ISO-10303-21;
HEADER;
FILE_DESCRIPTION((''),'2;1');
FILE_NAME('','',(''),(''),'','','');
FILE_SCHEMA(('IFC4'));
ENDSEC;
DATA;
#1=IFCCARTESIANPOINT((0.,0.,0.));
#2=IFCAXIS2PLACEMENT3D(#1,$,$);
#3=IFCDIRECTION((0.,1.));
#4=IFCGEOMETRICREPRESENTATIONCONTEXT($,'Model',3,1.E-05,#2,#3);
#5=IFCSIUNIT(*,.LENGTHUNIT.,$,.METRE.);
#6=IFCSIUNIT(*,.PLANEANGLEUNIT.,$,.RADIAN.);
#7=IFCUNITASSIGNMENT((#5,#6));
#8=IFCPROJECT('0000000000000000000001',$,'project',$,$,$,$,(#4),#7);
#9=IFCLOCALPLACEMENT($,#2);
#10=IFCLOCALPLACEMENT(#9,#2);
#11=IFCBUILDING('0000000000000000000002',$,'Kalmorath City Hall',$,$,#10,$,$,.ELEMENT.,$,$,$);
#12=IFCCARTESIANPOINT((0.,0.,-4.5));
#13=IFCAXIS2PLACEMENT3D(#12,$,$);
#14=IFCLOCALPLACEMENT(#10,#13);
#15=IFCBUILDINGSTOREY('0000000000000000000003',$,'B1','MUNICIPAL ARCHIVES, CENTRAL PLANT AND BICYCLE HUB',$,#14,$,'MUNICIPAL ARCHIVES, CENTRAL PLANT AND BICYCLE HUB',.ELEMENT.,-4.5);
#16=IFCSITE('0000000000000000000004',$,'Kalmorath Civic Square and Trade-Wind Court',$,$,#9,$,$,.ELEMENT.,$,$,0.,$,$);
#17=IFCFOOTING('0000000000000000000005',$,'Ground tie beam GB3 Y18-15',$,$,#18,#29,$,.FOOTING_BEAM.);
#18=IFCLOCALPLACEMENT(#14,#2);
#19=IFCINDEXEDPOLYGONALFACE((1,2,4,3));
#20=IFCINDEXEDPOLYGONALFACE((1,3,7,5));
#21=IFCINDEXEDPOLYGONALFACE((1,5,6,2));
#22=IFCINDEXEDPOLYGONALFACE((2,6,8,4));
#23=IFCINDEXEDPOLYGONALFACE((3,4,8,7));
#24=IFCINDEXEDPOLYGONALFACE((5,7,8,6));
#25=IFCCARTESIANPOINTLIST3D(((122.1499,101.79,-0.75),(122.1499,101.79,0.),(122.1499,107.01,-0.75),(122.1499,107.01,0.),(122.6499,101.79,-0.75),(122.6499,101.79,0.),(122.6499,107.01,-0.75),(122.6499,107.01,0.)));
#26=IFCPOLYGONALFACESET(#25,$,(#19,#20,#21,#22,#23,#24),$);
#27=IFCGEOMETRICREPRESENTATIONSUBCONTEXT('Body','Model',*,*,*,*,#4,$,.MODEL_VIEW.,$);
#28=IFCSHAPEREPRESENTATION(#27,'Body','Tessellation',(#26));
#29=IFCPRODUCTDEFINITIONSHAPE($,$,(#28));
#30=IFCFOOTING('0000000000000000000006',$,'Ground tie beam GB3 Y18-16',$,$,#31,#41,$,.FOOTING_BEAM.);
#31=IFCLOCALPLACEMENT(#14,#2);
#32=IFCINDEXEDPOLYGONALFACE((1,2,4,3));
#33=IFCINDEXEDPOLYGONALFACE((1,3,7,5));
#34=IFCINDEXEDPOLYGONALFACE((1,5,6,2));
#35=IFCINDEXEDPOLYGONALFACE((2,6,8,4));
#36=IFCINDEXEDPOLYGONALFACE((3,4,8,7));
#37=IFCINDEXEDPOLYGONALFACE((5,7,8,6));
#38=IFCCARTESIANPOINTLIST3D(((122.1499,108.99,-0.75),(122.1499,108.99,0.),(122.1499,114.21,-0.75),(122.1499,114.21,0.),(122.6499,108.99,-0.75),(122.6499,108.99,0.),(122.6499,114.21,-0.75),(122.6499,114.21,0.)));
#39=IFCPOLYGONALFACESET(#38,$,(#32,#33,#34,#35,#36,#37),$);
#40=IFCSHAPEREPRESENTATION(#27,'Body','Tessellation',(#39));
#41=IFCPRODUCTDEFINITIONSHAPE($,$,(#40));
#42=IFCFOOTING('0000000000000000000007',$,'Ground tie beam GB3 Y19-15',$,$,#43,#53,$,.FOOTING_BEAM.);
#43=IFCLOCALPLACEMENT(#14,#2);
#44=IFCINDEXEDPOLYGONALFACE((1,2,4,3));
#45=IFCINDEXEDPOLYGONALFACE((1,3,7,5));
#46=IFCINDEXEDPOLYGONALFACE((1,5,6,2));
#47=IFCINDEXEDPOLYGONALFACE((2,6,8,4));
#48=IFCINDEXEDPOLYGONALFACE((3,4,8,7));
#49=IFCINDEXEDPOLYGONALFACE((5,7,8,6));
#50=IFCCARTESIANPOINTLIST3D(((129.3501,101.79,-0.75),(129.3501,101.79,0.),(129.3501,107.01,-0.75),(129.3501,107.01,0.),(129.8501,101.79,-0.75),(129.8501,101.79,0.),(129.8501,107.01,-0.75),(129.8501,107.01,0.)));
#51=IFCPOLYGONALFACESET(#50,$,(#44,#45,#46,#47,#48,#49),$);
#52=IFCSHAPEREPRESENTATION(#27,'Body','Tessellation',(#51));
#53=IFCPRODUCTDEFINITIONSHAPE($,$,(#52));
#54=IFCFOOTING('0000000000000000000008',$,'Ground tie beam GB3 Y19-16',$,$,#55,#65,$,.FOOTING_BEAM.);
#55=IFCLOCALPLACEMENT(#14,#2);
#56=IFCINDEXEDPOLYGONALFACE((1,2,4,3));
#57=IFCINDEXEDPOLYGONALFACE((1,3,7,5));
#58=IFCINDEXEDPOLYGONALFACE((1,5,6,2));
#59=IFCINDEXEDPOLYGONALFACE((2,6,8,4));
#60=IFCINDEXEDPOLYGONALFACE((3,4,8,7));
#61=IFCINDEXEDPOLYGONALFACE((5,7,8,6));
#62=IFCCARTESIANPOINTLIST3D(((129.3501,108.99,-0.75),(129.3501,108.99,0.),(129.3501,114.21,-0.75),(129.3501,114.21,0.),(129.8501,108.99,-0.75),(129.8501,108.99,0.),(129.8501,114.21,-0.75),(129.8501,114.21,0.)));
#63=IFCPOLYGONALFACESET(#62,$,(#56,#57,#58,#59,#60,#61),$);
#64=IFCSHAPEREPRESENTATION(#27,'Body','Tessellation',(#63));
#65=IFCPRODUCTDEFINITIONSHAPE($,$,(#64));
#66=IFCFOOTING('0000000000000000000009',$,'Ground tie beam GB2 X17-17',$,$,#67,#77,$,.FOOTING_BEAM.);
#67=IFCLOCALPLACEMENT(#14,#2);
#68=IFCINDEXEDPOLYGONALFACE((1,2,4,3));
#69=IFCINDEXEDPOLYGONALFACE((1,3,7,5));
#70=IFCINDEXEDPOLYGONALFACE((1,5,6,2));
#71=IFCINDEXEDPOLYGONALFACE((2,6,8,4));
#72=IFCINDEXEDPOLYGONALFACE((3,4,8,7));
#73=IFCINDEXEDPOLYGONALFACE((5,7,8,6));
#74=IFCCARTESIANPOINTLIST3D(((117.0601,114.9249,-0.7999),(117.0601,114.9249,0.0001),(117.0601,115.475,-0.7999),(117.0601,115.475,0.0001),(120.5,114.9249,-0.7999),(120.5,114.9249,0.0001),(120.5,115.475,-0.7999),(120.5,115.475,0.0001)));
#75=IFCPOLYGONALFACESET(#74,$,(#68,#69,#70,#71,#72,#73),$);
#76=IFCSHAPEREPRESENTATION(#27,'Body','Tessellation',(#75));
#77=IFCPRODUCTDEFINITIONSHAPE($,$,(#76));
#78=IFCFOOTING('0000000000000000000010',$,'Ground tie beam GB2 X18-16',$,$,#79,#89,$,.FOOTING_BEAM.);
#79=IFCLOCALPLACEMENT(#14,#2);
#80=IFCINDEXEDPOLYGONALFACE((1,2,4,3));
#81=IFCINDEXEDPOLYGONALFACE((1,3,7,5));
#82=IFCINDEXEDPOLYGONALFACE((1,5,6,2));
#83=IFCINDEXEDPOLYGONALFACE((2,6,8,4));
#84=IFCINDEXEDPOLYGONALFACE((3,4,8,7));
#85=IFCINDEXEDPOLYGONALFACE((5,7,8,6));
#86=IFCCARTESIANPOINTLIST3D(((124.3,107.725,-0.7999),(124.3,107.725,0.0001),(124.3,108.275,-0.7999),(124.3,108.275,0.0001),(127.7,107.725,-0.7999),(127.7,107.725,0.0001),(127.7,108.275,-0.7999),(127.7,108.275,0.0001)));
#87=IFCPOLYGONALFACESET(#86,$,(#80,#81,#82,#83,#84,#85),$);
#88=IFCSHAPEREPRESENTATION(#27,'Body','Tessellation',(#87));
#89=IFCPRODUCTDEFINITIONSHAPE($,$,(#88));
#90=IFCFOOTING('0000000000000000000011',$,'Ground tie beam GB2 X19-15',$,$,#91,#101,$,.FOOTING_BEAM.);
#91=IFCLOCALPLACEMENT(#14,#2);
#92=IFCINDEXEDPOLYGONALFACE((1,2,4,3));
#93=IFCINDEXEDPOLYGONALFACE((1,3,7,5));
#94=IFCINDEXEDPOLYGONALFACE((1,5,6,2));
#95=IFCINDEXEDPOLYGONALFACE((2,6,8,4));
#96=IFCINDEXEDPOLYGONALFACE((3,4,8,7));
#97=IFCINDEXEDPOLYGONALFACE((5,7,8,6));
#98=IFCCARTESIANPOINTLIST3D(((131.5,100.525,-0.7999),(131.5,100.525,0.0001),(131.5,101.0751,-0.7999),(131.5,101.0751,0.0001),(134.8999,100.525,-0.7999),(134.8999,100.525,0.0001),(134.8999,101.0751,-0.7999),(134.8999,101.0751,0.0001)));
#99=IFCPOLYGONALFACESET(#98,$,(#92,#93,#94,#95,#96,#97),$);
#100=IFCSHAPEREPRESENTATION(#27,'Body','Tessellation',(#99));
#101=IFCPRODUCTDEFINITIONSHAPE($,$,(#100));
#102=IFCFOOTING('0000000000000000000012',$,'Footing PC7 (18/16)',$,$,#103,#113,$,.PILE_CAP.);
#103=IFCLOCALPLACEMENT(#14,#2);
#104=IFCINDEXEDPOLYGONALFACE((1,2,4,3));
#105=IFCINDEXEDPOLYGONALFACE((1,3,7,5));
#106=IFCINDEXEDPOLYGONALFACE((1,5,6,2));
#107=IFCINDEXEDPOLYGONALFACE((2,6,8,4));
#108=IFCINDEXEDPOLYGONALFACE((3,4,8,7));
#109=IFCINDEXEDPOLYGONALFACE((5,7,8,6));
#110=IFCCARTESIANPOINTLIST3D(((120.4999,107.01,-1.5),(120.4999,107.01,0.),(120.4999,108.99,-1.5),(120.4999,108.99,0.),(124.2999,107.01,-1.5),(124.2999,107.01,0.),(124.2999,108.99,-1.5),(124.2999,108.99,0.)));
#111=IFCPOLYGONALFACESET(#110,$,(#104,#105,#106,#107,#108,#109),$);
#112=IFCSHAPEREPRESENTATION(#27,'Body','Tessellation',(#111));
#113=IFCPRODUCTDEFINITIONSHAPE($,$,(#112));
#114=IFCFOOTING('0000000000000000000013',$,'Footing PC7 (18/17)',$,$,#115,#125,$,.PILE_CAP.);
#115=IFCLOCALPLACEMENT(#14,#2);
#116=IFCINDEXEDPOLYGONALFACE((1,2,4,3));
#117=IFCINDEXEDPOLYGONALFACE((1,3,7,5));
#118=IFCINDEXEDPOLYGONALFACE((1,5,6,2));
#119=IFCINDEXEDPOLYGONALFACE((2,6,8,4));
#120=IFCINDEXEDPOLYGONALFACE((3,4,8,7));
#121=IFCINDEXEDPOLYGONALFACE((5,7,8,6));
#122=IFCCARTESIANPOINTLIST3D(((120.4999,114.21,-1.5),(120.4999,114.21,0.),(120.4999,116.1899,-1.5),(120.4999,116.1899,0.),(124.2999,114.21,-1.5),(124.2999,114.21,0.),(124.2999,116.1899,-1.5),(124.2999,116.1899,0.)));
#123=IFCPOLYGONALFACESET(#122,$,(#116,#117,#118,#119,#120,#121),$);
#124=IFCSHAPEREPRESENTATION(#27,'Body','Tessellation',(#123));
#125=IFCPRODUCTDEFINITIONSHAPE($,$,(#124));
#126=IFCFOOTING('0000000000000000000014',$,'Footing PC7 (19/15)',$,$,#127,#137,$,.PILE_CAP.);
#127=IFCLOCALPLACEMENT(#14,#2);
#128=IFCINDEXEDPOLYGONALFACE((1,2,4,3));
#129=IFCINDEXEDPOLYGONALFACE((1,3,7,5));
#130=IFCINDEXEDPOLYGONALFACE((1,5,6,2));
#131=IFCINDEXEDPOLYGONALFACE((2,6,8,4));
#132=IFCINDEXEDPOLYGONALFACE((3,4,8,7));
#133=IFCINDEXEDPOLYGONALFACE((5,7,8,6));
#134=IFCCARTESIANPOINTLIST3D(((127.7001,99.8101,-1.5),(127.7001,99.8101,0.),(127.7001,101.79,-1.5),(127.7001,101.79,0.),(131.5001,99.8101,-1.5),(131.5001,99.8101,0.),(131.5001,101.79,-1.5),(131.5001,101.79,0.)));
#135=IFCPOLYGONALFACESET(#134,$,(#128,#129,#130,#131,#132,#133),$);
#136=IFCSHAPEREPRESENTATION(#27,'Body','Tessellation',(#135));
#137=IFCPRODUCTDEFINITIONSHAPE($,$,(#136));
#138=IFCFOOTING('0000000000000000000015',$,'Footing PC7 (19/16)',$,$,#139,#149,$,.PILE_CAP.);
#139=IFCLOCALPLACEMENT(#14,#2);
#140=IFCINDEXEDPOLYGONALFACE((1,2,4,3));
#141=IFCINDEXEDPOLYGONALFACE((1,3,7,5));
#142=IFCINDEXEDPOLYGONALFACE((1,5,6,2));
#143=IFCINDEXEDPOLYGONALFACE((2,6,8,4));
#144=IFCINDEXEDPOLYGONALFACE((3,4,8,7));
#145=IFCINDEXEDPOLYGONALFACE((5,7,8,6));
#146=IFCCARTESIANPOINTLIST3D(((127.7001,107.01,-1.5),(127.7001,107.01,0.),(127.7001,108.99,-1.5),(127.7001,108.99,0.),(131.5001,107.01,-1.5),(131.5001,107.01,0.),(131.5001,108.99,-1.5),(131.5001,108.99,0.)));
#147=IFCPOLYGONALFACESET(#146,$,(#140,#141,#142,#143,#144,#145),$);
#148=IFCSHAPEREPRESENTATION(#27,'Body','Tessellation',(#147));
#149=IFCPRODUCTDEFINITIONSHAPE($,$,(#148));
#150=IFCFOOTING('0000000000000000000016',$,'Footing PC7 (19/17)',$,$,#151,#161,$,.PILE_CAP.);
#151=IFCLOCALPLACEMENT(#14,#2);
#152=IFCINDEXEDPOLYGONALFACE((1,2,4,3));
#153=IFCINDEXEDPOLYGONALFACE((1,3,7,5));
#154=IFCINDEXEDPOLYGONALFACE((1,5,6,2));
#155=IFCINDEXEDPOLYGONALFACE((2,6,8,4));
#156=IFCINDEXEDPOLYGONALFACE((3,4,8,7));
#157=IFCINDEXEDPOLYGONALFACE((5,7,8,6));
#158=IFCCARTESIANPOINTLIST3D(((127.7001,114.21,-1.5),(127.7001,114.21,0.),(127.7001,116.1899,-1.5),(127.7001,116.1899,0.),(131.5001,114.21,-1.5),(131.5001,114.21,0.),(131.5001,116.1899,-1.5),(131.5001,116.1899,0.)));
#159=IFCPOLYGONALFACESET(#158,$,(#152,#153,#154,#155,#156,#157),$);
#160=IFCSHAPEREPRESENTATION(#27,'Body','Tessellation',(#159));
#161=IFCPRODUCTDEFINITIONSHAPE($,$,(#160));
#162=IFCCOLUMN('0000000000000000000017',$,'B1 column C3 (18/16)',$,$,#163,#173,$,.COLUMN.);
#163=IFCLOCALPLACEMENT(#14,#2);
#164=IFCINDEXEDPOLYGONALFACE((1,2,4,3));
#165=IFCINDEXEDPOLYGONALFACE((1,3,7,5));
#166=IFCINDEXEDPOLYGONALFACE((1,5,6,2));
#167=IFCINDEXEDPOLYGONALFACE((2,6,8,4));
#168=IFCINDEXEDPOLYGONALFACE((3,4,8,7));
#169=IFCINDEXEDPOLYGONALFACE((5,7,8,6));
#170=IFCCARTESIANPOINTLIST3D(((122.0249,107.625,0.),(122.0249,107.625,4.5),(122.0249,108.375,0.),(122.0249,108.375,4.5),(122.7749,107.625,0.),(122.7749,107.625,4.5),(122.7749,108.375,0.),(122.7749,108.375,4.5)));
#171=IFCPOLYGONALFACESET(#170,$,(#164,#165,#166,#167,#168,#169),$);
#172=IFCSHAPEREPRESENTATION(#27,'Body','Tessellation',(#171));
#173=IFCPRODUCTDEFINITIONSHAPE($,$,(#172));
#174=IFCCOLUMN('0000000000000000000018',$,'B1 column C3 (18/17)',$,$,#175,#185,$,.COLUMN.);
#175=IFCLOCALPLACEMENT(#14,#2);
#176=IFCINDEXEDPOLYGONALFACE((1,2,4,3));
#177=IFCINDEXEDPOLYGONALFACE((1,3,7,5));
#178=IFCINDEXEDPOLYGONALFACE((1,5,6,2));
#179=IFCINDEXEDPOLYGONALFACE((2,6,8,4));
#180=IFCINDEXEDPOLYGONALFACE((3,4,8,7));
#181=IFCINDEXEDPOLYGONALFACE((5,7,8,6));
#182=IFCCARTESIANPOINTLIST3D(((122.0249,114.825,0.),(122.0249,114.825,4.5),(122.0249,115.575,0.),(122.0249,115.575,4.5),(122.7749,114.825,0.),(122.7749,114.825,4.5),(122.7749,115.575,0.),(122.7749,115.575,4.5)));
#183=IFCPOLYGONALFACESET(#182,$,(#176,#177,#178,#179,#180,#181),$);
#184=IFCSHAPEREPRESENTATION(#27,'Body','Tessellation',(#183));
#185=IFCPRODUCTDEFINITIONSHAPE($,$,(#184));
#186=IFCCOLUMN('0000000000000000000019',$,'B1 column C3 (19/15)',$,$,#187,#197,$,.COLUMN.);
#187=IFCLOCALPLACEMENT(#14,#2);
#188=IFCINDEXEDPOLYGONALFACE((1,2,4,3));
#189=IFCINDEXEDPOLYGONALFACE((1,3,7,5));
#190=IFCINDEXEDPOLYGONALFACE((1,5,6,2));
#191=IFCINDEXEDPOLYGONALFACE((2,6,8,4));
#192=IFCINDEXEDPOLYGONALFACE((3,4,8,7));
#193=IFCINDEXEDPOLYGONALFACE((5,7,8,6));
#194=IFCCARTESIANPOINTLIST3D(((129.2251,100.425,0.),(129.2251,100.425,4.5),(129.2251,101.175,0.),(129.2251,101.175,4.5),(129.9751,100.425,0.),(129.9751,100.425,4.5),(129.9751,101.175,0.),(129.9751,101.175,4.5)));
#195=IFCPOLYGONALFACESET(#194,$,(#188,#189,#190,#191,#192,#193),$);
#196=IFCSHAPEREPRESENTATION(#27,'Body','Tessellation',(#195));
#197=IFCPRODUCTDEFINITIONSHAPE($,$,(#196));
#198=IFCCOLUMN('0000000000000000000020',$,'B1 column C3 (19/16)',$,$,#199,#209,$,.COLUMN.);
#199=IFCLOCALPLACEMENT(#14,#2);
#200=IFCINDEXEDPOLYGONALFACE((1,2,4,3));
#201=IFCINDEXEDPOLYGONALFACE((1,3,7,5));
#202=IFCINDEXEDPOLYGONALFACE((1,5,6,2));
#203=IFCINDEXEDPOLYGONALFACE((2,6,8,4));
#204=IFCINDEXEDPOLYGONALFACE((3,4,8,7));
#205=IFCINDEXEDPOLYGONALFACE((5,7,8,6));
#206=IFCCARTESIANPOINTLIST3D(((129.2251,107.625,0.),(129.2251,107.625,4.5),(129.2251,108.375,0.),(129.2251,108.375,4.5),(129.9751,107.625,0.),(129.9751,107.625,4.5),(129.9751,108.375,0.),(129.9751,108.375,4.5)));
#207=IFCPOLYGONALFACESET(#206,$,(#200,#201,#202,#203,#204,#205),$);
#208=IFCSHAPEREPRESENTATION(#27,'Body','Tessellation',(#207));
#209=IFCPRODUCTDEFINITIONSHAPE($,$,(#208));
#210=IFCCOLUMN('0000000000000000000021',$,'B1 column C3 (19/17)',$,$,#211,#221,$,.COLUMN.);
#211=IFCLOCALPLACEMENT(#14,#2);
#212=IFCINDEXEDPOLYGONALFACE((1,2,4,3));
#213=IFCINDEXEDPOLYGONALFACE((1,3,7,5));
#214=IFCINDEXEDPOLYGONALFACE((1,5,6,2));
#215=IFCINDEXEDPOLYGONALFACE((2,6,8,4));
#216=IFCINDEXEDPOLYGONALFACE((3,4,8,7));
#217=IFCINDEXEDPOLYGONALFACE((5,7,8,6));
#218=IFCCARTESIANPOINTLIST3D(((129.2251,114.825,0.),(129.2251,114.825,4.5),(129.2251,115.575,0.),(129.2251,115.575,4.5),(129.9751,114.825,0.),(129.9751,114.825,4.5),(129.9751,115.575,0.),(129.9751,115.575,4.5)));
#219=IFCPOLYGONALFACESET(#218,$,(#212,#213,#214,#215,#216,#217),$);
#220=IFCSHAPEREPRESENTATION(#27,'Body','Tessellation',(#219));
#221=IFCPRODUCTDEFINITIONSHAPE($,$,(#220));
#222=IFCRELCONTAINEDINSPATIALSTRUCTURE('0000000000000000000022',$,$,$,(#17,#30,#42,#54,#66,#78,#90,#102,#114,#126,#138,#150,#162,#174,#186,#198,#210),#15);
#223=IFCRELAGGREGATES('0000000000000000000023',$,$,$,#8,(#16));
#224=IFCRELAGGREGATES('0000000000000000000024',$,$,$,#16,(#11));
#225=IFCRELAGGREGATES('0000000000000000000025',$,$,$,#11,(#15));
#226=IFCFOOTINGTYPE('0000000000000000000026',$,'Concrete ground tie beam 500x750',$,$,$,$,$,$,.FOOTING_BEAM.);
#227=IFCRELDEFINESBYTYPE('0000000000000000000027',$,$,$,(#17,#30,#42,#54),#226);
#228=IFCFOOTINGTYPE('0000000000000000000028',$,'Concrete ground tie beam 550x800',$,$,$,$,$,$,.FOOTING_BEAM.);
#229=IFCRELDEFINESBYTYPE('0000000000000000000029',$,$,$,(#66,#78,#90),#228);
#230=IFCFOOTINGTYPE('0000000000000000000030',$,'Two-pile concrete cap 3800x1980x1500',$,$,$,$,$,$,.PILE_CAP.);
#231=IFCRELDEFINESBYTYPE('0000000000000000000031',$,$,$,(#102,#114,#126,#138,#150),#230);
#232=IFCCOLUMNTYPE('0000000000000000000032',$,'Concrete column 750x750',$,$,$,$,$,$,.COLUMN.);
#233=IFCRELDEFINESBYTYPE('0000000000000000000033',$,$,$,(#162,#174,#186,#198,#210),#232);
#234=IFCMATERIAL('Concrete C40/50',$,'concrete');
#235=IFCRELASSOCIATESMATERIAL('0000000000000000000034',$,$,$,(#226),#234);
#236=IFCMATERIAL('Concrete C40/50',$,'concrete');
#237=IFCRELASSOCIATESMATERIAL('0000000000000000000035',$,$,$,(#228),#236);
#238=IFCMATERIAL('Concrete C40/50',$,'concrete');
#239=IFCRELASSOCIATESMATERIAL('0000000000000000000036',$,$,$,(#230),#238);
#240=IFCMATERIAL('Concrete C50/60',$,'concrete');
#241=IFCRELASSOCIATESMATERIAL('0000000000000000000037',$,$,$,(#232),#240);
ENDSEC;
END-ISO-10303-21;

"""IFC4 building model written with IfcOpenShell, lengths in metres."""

from ifc_helpers import new_model, si_unit, direction, frame, origin, origin_2d, place, context, subcontext, project, spatial, rectangle, extrude, material, material_profile, profile_set, type_object, element, save


model = new_model("IFC4")

# Units and contexts
model_context = context("Model", 3, precision=1e-05, world=origin(), true_north=direction((0.0, 1.0)))
body_context = subcontext(model_context, "Body", "Model", "MODEL_VIEW")
ifc_project = project(units=[si_unit("LENGTHUNIT", "METRE"), si_unit("PLANEANGLEUNIT", "RADIAN")], contexts=[model_context])

# Site, building, storey
site_placement = place(None, origin())
site = spatial("IfcSite", under=ifc_project, at=site_placement, Name="Kalmorath Civic Square and Trade-Wind Court", CompositionType="ELEMENT", RefElevation=0.0)
building_placement = place(site_placement, origin())
building = spatial("IfcBuilding", under=site, at=building_placement, Name="Kalmorath City Hall", CompositionType="ELEMENT")
storey_placement = place(building_placement, frame((0.0, 0.0, -4.5)))
storey = spatial("IfcBuildingStorey", under=building, at=storey_placement, Name="B1", Description="MUNICIPAL ARCHIVES, CENTRAL PLANT AND BICYCLE HUB", LongName="MUNICIPAL ARCHIVES, CENTRAL PLANT AND BICYCLE HUB", CompositionType="ELEMENT", Elevation=-4.5)

# Footings
ifc_material_1 = material(Name="Concrete C40/50", Category="concrete")
ifc_material_profile_1 = material_profile(ifc_material_1, rectangle(XDim=0.5, YDim=0.75, at=origin_2d()), Name="RC-BM-500X750")
ifc_profile_set_1 = profile_set([ifc_material_profile_1], Name="Concrete C40/50")
footing_type_1 = type_object("IfcFootingType", Name="Concrete ground tie beam 500x750", PredefinedType="FOOTING_BEAM", material=ifc_profile_set_1)
for number, where, z_axis, x_axis, name in (
    (1, (122.3999, 101.79, -0.375), (0.0, 1.0, 0.0), (-1.0, 0.0, 0.0), "Ground tie beam GB3 Y18-15"),
    (2, (122.3999, 108.99, -0.375), (0.0, 1.0, 0.0), (-1.0, 0.0, 0.0), "Ground tie beam GB3 Y18-16"),
    (3, (129.6001, 101.79, -0.375), (0.0, 1.0, 0.0), (-1.0, 0.0, 0.0), "Ground tie beam GB3 Y19-15"),
    (4, (129.6001, 108.99, -0.375), (0.0, 1.0, 0.0), (-1.0, 0.0, 0.0), "Ground tie beam GB3 Y19-16"),
):
    element("IfcFooting", number, at=place(storey_placement, frame(where, z_axis=z_axis, x_axis=x_axis)), inside=storey, type_object=footing_type_1, Name=name, PredefinedType="FOOTING_BEAM", context=body_context, shape_type="SweptSolid", body=[
        extrude(rectangle(XDim=0.5, YDim=0.75, at=origin_2d()), origin(), (0.0, 0.0, 1.0), 5.22),
    ])
ifc_material_2 = material(Name="Concrete C40/50", Category="concrete")
ifc_material_profile_2 = material_profile(ifc_material_2, rectangle(XDim=0.55, YDim=0.8, at=origin_2d()), Name="RC-BM-550X800")
ifc_profile_set_2 = profile_set([ifc_material_profile_2], Name="Concrete C40/50")
footing_type_2 = type_object("IfcFootingType", Name="Concrete ground tie beam 550x800", PredefinedType="FOOTING_BEAM", material=ifc_profile_set_2)
footing_1_placement = place(storey_placement, frame((117.0601, 115.2, -0.3999), z_axis=(1.0, 0.0, 0.0), x_axis=(0.0, 1.0, 0.0)))
element("IfcFooting", 5, at=footing_1_placement, inside=storey, type_object=footing_type_2, Name="Ground tie beam GB2 X17-17", PredefinedType="FOOTING_BEAM", context=body_context, shape_type="SweptSolid", body=[
    extrude(rectangle(XDim=0.55, YDim=0.8, at=origin_2d()), origin(), (0.0, 0.0, 1.0), 3.4399),
])
for number, where, z_axis, x_axis, name in (
    (6, (124.3, 108.0, -0.3999), (1.0, 0.0, 0.0), (0.0, 1.0, 0.0), "Ground tie beam GB2 X18-16"),
    (7, (131.5, 100.8, -0.3999), (1.0, 0.0, 0.0), (0.0, 1.0, 0.0), "Ground tie beam GB2 X19-15"),
):
    element("IfcFooting", number, at=place(storey_placement, frame(where, z_axis=z_axis, x_axis=x_axis)), inside=storey, type_object=footing_type_2, Name=name, PredefinedType="FOOTING_BEAM", context=body_context, shape_type="SweptSolid", body=[
        extrude(rectangle(XDim=0.55, YDim=0.8, at=origin_2d()), origin(), (0.0, 0.0, 1.0), 3.3999),
    ])
ifc_material_3 = material(Name="Concrete C40/50", Category="concrete")
footing_type_3 = type_object("IfcFootingType", Name="Two-pile concrete cap 3800x1980x1500", PredefinedType="PILE_CAP", material=ifc_material_3)
for number, where, z_axis, x_axis, name in (
    (8, (122.3999, 108.0, -1.5), (0.0, 0.0, 1.0), (1.0, 0.0, 0.0), "Footing PC7 (18/16)"),
    (9, (122.3999, 115.2, -1.5), (0.0, 0.0, 1.0), (1.0, 0.0, 0.0), "Footing PC7 (18/17)"),
    (10, (129.6001, 100.8, -1.5), (0.0, 0.0, 1.0), (1.0, 0.0, 0.0), "Footing PC7 (19/15)"),
    (11, (129.6001, 108.0, -1.5), (0.0, 0.0, 1.0), (1.0, 0.0, 0.0), "Footing PC7 (19/16)"),
    (12, (129.6001, 115.2, -1.5), (0.0, 0.0, 1.0), (1.0, 0.0, 0.0), "Footing PC7 (19/17)"),
):
    element("IfcFooting", number, at=place(storey_placement, frame(where, z_axis=z_axis, x_axis=x_axis)), inside=storey, type_object=footing_type_3, Name=name, PredefinedType="PILE_CAP", context=body_context, shape_type="SweptSolid", body=[
        extrude(rectangle(XDim=3.8, YDim=1.98, at=origin_2d()), origin(), (0.0, 0.0, 1.0), 1.5),
    ])

# Columns
ifc_material_4 = material(Name="Concrete C50/60", Category="concrete")
ifc_material_profile_3 = material_profile(ifc_material_4, rectangle(XDim=0.75, YDim=0.75, at=origin_2d()), Name="RC-COL-750X750")
ifc_profile_set_3 = profile_set([ifc_material_profile_3], Name="Concrete C50/60")
column_type = type_object("IfcColumnType", Name="Concrete column 750x750", PredefinedType="COLUMN", material=ifc_profile_set_3)
for number, where, z_axis, x_axis, name in (
    (13, (122.3999, 108.0, 0.0), (0.0, 0.0, 1.0), (1.0, 0.0, 0.0), "B1 column C3 (18/16)"),
    (14, (122.3999, 115.2, 0.0), (0.0, 0.0, 1.0), (1.0, 0.0, 0.0), "B1 column C3 (18/17)"),
    (15, (129.6001, 100.8, 0.0), (0.0, 0.0, 1.0), (1.0, 0.0, 0.0), "B1 column C3 (19/15)"),
    (16, (129.6001, 108.0, 0.0), (0.0, 0.0, 1.0), (1.0, 0.0, 0.0), "B1 column C3 (19/16)"),
    (17, (129.6001, 115.2, 0.0), (0.0, 0.0, 1.0), (1.0, 0.0, 0.0), "B1 column C3 (19/17)"),
):
    element("IfcColumn", number, at=place(storey_placement, frame(where, z_axis=z_axis, x_axis=x_axis)), inside=storey, type_object=column_type, Name=name, PredefinedType="COLUMN", context=body_context, shape_type="SweptSolid", body=[
        extrude(rectangle(XDim=0.75, YDim=0.75, at=origin_2d()), origin(), (0.0, 0.0, 1.0), 4.5),
    ])

save(model, "model.ifc")
